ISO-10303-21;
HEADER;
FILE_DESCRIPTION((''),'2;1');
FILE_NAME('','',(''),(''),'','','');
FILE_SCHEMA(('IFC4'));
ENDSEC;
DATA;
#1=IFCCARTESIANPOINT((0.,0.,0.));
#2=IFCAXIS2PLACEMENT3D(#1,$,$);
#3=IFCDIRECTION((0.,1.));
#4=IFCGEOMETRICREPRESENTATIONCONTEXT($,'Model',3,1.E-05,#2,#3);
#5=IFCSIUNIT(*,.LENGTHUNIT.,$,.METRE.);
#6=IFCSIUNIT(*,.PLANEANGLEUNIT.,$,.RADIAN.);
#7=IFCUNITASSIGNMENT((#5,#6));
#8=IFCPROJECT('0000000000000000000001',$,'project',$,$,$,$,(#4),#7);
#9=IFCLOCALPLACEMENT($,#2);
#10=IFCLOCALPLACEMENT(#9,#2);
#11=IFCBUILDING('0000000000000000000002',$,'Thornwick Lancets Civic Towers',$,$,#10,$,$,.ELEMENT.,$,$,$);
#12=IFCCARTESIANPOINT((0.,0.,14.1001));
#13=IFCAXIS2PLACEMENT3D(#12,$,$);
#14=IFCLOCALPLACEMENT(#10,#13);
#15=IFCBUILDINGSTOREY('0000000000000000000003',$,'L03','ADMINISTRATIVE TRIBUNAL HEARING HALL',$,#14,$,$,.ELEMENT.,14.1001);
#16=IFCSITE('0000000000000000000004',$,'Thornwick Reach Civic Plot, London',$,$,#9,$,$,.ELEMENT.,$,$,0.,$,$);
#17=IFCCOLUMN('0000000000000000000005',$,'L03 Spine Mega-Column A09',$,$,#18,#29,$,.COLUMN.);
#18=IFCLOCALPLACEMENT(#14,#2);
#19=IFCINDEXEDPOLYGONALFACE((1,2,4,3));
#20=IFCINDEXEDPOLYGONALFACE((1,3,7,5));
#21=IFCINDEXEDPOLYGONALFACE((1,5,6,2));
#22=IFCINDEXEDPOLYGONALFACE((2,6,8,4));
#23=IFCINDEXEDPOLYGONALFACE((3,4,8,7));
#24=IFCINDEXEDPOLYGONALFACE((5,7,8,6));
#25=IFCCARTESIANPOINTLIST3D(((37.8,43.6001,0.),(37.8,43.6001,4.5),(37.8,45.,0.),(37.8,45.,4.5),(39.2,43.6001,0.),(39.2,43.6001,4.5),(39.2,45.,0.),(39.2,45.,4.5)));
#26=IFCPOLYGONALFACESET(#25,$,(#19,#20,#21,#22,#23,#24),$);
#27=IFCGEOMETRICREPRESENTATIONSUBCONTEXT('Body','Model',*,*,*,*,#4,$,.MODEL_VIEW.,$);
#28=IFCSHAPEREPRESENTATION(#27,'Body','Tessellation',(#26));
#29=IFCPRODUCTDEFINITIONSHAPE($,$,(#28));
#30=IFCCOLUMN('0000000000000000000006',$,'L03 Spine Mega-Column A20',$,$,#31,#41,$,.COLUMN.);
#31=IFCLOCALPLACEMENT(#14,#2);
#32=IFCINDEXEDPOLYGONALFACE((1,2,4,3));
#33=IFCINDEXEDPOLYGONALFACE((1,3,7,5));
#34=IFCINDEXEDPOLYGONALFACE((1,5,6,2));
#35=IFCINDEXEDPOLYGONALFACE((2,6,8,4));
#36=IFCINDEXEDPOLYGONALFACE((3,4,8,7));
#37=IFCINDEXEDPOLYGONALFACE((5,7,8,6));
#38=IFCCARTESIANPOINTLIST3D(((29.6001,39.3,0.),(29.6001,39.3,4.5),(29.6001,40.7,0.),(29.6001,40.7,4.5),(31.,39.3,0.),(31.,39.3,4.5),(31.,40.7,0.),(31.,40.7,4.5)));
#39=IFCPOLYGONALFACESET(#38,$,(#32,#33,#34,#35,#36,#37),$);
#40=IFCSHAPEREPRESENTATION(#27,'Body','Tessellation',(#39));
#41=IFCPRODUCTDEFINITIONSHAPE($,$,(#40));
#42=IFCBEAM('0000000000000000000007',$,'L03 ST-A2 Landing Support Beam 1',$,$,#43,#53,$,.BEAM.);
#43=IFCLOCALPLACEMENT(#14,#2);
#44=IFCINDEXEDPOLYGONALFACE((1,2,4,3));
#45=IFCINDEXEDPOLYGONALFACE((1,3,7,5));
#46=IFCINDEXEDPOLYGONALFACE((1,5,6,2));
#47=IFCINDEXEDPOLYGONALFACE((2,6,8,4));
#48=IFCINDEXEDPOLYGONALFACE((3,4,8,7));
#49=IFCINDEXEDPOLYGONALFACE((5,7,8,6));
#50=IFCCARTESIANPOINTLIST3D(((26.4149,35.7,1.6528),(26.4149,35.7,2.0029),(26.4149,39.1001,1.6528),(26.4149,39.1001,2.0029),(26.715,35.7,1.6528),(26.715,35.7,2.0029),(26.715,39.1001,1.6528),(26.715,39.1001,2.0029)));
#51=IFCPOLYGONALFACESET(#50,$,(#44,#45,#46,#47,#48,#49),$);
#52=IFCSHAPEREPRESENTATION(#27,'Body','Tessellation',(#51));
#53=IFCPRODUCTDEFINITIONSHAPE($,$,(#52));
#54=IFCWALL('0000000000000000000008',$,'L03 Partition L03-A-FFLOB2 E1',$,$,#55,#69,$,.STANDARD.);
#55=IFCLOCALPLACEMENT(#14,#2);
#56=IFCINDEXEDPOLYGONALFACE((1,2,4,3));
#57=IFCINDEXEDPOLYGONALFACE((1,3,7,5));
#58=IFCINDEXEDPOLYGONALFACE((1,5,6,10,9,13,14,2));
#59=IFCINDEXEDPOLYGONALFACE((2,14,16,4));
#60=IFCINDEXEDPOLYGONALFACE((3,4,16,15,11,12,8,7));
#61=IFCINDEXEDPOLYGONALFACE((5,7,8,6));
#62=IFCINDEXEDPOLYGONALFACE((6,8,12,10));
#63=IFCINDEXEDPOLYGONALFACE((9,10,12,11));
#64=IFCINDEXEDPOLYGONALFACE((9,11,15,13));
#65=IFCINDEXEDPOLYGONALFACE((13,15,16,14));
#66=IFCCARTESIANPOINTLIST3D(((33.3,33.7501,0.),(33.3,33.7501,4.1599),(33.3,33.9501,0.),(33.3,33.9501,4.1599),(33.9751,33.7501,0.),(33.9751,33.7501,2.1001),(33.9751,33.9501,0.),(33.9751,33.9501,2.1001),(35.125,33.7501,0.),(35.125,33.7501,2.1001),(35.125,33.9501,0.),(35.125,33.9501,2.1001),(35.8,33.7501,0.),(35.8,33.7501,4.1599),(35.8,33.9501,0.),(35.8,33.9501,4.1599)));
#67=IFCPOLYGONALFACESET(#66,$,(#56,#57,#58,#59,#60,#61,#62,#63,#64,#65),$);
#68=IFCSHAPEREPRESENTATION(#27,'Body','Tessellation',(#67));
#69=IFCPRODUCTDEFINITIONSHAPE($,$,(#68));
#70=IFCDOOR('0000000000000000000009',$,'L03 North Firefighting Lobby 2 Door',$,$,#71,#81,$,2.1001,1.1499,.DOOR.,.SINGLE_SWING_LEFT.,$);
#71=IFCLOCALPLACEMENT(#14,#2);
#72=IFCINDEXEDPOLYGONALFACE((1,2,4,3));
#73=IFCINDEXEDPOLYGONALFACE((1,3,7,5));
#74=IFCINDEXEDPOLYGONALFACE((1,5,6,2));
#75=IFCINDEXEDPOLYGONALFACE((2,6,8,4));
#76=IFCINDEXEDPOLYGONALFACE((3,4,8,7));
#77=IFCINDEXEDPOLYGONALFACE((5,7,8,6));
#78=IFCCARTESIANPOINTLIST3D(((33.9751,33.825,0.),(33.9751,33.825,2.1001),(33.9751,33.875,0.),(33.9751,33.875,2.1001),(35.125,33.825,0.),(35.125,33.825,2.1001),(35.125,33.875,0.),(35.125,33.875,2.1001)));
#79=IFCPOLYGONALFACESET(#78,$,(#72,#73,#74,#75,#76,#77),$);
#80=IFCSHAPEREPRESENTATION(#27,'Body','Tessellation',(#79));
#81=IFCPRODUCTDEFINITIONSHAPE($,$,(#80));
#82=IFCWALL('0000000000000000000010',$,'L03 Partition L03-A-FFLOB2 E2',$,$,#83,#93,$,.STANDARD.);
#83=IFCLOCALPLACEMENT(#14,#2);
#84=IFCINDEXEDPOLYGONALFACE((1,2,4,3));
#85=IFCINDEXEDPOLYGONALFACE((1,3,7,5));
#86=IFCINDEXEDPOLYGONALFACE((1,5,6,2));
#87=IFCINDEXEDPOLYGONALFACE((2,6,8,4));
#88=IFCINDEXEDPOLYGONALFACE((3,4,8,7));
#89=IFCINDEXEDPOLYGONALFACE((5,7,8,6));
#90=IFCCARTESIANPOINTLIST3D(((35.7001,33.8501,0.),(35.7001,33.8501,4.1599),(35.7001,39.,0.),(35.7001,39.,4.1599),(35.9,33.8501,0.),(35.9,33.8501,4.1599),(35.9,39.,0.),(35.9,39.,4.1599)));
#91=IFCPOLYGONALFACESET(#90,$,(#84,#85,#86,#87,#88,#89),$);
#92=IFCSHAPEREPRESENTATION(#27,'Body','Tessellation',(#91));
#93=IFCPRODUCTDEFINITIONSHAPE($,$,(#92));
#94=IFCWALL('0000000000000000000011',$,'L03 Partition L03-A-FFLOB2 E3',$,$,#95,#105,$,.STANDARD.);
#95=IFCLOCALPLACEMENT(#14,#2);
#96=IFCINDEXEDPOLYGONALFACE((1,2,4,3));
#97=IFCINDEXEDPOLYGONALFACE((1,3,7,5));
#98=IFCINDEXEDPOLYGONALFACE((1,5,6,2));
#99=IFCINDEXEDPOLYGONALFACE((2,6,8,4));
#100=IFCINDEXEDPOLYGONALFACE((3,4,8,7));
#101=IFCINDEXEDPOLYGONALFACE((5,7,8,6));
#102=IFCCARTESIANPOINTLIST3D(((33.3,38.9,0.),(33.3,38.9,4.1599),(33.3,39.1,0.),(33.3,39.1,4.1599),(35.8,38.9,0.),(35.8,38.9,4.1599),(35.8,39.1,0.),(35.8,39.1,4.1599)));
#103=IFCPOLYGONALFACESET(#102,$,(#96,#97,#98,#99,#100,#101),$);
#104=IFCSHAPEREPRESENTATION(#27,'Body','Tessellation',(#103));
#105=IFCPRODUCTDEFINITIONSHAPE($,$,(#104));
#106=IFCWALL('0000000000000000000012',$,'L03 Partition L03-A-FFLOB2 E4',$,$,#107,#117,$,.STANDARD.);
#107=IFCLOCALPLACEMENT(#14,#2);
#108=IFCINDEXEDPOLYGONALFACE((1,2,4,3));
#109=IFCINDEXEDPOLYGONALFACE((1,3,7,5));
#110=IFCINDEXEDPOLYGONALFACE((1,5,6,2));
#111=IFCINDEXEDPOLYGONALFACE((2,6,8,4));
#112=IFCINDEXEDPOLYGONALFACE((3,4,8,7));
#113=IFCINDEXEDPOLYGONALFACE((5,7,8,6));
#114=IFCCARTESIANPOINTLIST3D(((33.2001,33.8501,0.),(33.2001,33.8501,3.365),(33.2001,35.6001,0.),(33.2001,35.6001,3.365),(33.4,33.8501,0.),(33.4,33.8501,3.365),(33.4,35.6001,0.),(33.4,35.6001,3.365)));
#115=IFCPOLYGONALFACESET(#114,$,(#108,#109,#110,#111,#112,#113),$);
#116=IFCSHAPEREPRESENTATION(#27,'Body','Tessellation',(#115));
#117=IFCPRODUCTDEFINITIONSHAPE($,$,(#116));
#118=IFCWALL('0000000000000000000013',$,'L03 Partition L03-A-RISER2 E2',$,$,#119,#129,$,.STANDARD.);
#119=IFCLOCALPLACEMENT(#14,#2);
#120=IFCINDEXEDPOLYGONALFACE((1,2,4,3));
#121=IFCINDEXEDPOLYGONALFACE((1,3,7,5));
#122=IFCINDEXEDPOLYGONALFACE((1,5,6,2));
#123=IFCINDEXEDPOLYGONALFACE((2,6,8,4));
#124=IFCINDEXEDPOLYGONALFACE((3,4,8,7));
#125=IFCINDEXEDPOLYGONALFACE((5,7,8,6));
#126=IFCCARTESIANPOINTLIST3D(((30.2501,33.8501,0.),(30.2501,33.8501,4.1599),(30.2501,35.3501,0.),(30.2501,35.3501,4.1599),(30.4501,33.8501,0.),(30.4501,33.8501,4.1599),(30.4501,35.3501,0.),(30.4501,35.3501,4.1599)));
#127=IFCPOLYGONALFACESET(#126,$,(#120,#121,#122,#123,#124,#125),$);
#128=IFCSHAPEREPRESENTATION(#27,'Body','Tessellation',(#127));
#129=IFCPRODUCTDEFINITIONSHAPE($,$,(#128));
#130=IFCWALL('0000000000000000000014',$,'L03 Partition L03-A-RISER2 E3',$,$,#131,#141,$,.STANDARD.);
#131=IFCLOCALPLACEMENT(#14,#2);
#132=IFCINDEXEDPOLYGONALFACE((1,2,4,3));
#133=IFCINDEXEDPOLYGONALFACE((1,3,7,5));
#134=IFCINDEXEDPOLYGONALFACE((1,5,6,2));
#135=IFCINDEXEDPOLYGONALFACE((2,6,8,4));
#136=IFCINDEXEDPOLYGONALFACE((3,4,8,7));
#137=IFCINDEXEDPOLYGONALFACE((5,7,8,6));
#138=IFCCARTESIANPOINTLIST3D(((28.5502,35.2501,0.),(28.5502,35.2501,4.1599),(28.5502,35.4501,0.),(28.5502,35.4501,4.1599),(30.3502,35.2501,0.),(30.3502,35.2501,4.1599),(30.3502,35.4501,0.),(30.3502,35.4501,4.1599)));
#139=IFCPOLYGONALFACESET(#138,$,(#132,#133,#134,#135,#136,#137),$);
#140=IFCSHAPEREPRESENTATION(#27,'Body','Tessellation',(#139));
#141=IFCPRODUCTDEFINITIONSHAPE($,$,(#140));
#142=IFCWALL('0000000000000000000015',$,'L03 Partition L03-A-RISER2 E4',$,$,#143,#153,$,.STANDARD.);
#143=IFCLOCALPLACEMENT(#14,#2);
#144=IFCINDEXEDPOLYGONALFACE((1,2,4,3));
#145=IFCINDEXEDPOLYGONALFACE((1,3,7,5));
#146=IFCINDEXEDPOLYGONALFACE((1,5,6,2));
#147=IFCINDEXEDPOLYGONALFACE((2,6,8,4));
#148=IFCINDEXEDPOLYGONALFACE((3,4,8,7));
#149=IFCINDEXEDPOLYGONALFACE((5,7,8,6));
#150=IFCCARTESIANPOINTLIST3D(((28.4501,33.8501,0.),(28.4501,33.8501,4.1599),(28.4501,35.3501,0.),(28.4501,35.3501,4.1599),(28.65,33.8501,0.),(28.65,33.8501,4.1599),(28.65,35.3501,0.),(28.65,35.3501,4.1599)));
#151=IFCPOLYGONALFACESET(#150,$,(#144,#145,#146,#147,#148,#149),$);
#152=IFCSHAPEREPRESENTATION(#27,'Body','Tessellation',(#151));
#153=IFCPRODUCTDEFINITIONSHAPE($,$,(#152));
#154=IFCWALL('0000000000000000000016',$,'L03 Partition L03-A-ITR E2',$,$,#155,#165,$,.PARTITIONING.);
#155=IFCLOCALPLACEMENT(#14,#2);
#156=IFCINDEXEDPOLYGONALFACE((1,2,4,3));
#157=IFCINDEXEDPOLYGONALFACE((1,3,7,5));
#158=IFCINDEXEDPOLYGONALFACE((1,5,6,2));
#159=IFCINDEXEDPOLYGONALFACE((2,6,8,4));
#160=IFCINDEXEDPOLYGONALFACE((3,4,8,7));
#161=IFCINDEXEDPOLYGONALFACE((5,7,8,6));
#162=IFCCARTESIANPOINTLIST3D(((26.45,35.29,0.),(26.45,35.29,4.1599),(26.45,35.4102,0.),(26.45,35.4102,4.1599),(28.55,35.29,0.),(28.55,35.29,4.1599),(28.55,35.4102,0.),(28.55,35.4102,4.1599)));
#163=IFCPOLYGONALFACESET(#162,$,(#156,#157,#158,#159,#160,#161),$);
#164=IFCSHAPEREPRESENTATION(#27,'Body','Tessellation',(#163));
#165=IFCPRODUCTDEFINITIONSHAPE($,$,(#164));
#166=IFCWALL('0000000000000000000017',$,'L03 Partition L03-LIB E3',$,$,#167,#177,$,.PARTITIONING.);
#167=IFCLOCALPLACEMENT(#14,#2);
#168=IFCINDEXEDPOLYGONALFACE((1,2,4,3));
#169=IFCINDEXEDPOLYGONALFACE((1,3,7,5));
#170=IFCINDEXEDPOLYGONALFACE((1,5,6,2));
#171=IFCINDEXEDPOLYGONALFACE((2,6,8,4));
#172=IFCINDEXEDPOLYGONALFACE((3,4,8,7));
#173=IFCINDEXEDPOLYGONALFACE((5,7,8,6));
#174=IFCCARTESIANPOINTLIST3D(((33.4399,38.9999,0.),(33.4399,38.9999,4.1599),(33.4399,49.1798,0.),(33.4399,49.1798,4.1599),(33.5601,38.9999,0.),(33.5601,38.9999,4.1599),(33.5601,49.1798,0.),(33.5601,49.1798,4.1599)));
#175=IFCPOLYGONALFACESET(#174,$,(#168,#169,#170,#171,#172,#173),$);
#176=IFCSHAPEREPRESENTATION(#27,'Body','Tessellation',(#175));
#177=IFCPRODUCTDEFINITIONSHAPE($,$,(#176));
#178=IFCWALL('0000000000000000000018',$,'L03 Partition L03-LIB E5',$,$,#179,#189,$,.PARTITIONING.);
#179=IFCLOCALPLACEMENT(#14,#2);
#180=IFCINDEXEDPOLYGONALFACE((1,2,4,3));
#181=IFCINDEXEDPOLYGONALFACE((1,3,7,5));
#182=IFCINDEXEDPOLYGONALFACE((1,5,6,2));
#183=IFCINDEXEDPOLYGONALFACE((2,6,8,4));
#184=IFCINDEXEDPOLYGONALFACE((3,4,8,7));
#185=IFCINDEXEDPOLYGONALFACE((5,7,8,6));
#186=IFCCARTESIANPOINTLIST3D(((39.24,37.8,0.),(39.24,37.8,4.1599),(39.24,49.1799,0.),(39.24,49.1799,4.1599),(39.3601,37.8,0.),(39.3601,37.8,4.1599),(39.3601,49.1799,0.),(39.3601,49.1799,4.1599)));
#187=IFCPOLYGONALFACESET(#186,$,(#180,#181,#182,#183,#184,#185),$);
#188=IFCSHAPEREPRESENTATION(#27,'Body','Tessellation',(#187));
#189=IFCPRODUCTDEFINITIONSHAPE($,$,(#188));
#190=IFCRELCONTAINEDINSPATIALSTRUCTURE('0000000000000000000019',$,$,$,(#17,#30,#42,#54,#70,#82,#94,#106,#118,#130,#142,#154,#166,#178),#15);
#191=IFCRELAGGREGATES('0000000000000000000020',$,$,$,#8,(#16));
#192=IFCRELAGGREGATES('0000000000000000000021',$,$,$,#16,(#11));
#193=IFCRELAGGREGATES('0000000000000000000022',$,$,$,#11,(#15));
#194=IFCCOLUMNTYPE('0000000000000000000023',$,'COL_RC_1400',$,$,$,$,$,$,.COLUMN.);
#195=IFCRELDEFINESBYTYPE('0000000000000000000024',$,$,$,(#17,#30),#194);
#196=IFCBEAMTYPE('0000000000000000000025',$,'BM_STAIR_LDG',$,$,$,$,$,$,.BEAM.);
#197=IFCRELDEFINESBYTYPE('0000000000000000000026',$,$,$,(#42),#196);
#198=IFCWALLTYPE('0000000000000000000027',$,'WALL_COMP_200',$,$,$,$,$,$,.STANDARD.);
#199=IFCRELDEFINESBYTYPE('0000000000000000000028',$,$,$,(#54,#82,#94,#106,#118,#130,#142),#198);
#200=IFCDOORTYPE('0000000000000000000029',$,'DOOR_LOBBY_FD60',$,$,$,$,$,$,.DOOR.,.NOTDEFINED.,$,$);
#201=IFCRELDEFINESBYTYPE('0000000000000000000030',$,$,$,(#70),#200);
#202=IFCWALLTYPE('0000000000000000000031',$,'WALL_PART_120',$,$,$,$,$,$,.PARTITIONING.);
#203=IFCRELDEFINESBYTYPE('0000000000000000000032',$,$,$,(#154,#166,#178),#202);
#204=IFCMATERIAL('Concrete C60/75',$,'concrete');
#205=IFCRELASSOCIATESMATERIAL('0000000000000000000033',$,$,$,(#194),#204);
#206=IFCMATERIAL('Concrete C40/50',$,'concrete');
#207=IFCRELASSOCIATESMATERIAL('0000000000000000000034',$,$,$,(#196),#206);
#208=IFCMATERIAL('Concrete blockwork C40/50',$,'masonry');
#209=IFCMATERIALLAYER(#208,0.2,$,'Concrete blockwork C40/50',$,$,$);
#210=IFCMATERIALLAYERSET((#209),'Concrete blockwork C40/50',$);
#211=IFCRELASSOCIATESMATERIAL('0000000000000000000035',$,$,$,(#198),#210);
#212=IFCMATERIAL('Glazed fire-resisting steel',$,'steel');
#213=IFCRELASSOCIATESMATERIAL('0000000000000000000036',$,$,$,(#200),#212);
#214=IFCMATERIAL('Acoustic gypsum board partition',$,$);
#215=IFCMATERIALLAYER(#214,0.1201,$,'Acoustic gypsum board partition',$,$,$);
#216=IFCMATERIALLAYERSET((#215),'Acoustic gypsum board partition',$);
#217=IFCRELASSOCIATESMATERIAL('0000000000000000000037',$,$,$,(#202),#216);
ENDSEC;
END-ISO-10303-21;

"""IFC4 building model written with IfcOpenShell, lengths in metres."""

from ifc_helpers import new_model, si_unit, direction, frame, frame_2d, origin, origin_2d, place, context, subcontext, project, spatial, rectangle, extrude, material, layer, layer_set, material_profile, profile_set, type_object, element, fill, save


model = new_model("IFC4")

# Units and contexts
model_context = context("Model", 3, precision=1e-05, world=origin(), true_north=direction((0.0, 1.0)))
body_context = subcontext(model_context, "Body", "Model", "MODEL_VIEW")
ifc_project = project(units=[si_unit("LENGTHUNIT", "METRE"), si_unit("PLANEANGLEUNIT", "RADIAN")], contexts=[model_context])

# Site, building, storey
site_placement = place(None, origin())
site = spatial("IfcSite", under=ifc_project, at=site_placement, Name="Thornwick Reach Civic Plot, London", CompositionType="ELEMENT", RefElevation=0.0)
building_placement = place(site_placement, origin())
building = spatial("IfcBuilding", under=site, at=building_placement, Name="Thornwick Lancets Civic Towers", CompositionType="ELEMENT")
storey_placement = place(building_placement, frame((0.0, 0.0, 14.1001)))
storey = spatial("IfcBuildingStorey", under=building, at=storey_placement, Name="L03", Description="ADMINISTRATIVE TRIBUNAL HEARING HALL", CompositionType="ELEMENT", Elevation=14.1001)

# Columns
ifc_material_1 = material(Name="Concrete C60/75", Category="concrete")
ifc_material_profile_1 = material_profile(ifc_material_1, rectangle(XDim=1.3999, YDim=1.3999, at=origin_2d()), Name="RC 1400x1400")
ifc_profile_set_1 = profile_set([ifc_material_profile_1], Name="Concrete C60/75")
column_type = type_object("IfcColumnType", Name="COL_RC_1400", PredefinedType="COLUMN", material=ifc_profile_set_1)
for number, where, z_axis, x_axis, name in (
    (1, (38.5, 44.3, 0.0), (0.0, 0.0, 1.0), (1.0, 0.0, 0.0), "L03 Spine Mega-Column A09"),
    (2, (30.3, 40.0, 0.0), (0.0, 0.0, 1.0), (1.0, 0.0, 0.0), "L03 Spine Mega-Column A20"),
):
    element("IfcColumn", number, at=place(storey_placement, frame(where, z_axis=z_axis, x_axis=x_axis)), inside=storey, type_object=column_type, Name=name, PredefinedType="COLUMN", context=body_context, shape_type="SweptSolid", body=[
        extrude(rectangle(XDim=1.3999, YDim=1.3999, at=origin_2d()), origin(), (0.0, 0.0, 1.0), 4.5),
    ])

# Beam
ifc_material_2 = material(Name="Concrete C40/50", Category="concrete")
ifc_material_profile_2 = material_profile(ifc_material_2, rectangle(XDim=0.3, YDim=0.3501, at=origin_2d()), Name="RC 300x350")
ifc_profile_set_2 = profile_set([ifc_material_profile_2], Name="Concrete C40/50")
beam_type = type_object("IfcBeamType", Name="BM_STAIR_LDG", PredefinedType="BEAM", material=ifc_profile_set_2)
beam_placement = place(storey_placement, frame((26.5649, 39.1001, 1.8279), z_axis=(0.0, -1.0, 0.0), x_axis=(1.0, 0.0, 0.0)))
element("IfcBeam", 3, at=beam_placement, inside=storey, type_object=beam_type, Name="L03 ST-A2 Landing Support Beam 1", PredefinedType="BEAM", context=body_context, shape_type="SweptSolid", body=[
    extrude(rectangle(XDim=0.3, YDim=0.3501, at=origin_2d()), origin(), (0.0, 0.0, 1.0), 3.4001),
])

# Wall, opening, door
ifc_material_3 = material(Name="Concrete blockwork C40/50", Category="masonry")
ifc_layer_1 = layer(ifc_material_3, 0.2, Name="Concrete blockwork C40/50")
ifc_layer_set_1 = layer_set([ifc_layer_1], Name="Concrete blockwork C40/50")
wall_type_1 = type_object("IfcWallType", Name="WALL_COMP_200", PredefinedType="STANDARD", material=ifc_layer_set_1)
wall_1_placement = place(storey_placement, frame((33.3, 33.8501, 0.0), z_axis=(0.0, 0.0, 1.0), x_axis=(1.0, 0.0, 0.0)))
wall_1 = element("IfcWall", 4, at=wall_1_placement, inside=storey, type_object=wall_type_1, Name="L03 Partition L03-A-FFLOB2 E1", PredefinedType="STANDARD", context=body_context, shape_type="SweptSolid", body=[
    extrude(rectangle(XDim=2.5, YDim=0.2, at=frame_2d((1.25, 0.0))), origin(), (0.0, 0.0, 1.0), 4.1599),
])
opening_1_placement = place(wall_1_placement, frame((0.675, 0.0, 0.0)))
opening_1 = element("IfcOpeningElement", 5, at=opening_1_placement, cuts=wall_1, PredefinedType="OPENING", context=body_context, shape_type="SweptSolid", body=[
    extrude(rectangle(XDim=1.1499, YDim=2.1001, at=frame_2d((0.575, 1.05))), frame((0.0, 0.1099, 0.0), z_axis=(0.0, -1.0, 0.0), x_axis=(1.0, 0.0, 0.0)), (0.0, 0.0, 1.0), 0.22),
])
ifc_material_4 = material(Name="Glazed fire-resisting steel", Category="steel")
door_type_1 = type_object("IfcDoorType", Name="DOOR_LOBBY_FD60", OperationType="NOTDEFINED", PredefinedType="DOOR", material=ifc_material_4)
door_1_placement = place(opening_1_placement, origin())
door_1 = element("IfcDoor", 6, at=door_1_placement, inside=storey, type_object=door_type_1, Name="L03 North Firefighting Lobby 2 Door", OperationType="SINGLE_SWING_LEFT", OverallHeight=2.1001, OverallWidth=1.1499, PredefinedType="DOOR", context=body_context, shape_type="SweptSolid", body=[
    extrude(rectangle(XDim=1.1499, YDim=2.1001, at=frame_2d((0.575, 1.05))), frame((0.0, 0.0249, 0.0), z_axis=(0.0, -1.0, 0.0), x_axis=(1.0, 0.0, 0.0)), (0.0, 0.0, 1.0), 0.05),
])
fill(opening_1, door_1)

# Walls
wall_2_placement = place(storey_placement, frame((35.8, 33.8501, 0.0), z_axis=(0.0, 0.0, 1.0), x_axis=(0.0, 1.0, 0.0)))
element("IfcWall", 7, at=wall_2_placement, inside=storey, type_object=wall_type_1, Name="L03 Partition L03-A-FFLOB2 E2", PredefinedType="STANDARD", context=body_context, shape_type="SweptSolid", body=[
    extrude(rectangle(XDim=5.1499, YDim=0.2, at=frame_2d((2.575, 0.0))), origin(), (0.0, 0.0, 1.0), 4.1599),
])
wall_3_placement = place(storey_placement, frame((35.8, 39.0, 0.0), z_axis=(0.0, 0.0, 1.0), x_axis=(-1.0, 0.0, 0.0)))
element("IfcWall", 8, at=wall_3_placement, inside=storey, type_object=wall_type_1, Name="L03 Partition L03-A-FFLOB2 E3", PredefinedType="STANDARD", context=body_context, shape_type="SweptSolid", body=[
    extrude(rectangle(XDim=2.5, YDim=0.2, at=frame_2d((1.25, 0.0))), origin(), (0.0, 0.0, 1.0), 4.1599),
])
wall_4_placement = place(storey_placement, frame((33.3, 35.6001, 0.0), z_axis=(0.0, 0.0, 1.0), x_axis=(0.0, -1.0, 0.0)))
element("IfcWall", 9, at=wall_4_placement, inside=storey, type_object=wall_type_1, Name="L03 Partition L03-A-FFLOB2 E4", PredefinedType="STANDARD", context=body_context, shape_type="SweptSolid", body=[
    extrude(rectangle(XDim=1.75, YDim=0.2, at=frame_2d((0.875, 0.0))), origin(), (0.0, 0.0, 1.0), 3.365),
])
wall_5_placement = place(storey_placement, frame((30.3501, 33.8501, 0.0), z_axis=(0.0, 0.0, 1.0), x_axis=(0.0, 1.0, 0.0)))
element("IfcWall", 10, at=wall_5_placement, inside=storey, type_object=wall_type_1, Name="L03 Partition L03-A-RISER2 E2", PredefinedType="STANDARD", context=body_context, shape_type="SweptSolid", body=[
    extrude(rectangle(XDim=1.5, YDim=0.2, at=frame_2d((0.75, 0.0))), origin(), (0.0, 0.0, 1.0), 4.1599),
])
wall_6_placement = place(storey_placement, frame((30.3501, 35.3501, 0.0), z_axis=(0.0, 0.0, 1.0), x_axis=(-1.0, 0.0, 0.0)))
element("IfcWall", 11, at=wall_6_placement, inside=storey, type_object=wall_type_1, Name="L03 Partition L03-A-RISER2 E3", PredefinedType="STANDARD", context=body_context, shape_type="SweptSolid", body=[
    extrude(rectangle(XDim=1.8, YDim=0.2, at=frame_2d((0.8999, 0.0))), origin(), (0.0, 0.0, 1.0), 4.1599),
])
wall_7_placement = place(storey_placement, frame((28.55, 35.3501, 0.0), z_axis=(0.0, 0.0, 1.0), x_axis=(0.0, -1.0, 0.0)))
element("IfcWall", 12, at=wall_7_placement, inside=storey, type_object=wall_type_1, Name="L03 Partition L03-A-RISER2 E4", PredefinedType="STANDARD", context=body_context, shape_type="SweptSolid", body=[
    extrude(rectangle(XDim=1.5, YDim=0.2, at=frame_2d((0.75, 0.0))), origin(), (0.0, 0.0, 1.0), 4.1599),
])
ifc_material_5 = material(Name="Acoustic gypsum board partition")
ifc_layer_2 = layer(ifc_material_5, 0.1201, Name="Acoustic gypsum board partition")
ifc_layer_set_2 = layer_set([ifc_layer_2], Name="Acoustic gypsum board partition")
wall_type_2 = type_object("IfcWallType", Name="WALL_PART_120", PredefinedType="PARTITIONING", material=ifc_layer_set_2)
wall_8_placement = place(storey_placement, frame((26.45, 35.3501, 0.0), z_axis=(0.0, 0.0, 1.0), x_axis=(1.0, 0.0, 0.0)))
element("IfcWall", 13, at=wall_8_placement, inside=storey, type_object=wall_type_2, Name="L03 Partition L03-A-ITR E2", PredefinedType="PARTITIONING", context=body_context, shape_type="SweptSolid", body=[
    extrude(rectangle(XDim=2.1001, YDim=0.1201, at=frame_2d((1.05, 0.0))), origin(), (0.0, 0.0, 1.0), 4.1599),
])
wall_9_placement = place(storey_placement, frame((33.5, 39.0, 0.0), z_axis=(0.0, 0.0, 1.0), x_axis=(0.0, 1.0, 0.0)))
element("IfcWall", 14, at=wall_9_placement, inside=storey, type_object=wall_type_2, Name="L03 Partition L03-LIB E3", PredefinedType="PARTITIONING", context=body_context, shape_type="SweptSolid", body=[
    extrude(rectangle(XDim=10.1799, YDim=0.1201, at=frame_2d((5.0898, 0.0))), origin(), (0.0, 0.0, 1.0), 4.1599),
])
wall_10_placement = place(storey_placement, frame((39.3, 49.1799, 0.0), z_axis=(0.0, 0.0, 1.0), x_axis=(0.0, -1.0, 0.0)))
element("IfcWall", 15, at=wall_10_placement, inside=storey, type_object=wall_type_2, Name="L03 Partition L03-LIB E5", PredefinedType="PARTITIONING", context=body_context, shape_type="SweptSolid", body=[
    extrude(rectangle(XDim=11.3799, YDim=0.1201, at=frame_2d((5.6899, 0.0))), origin(), (0.0, 0.0, 1.0), 4.1599),
])

save(model, "model.ifc")
